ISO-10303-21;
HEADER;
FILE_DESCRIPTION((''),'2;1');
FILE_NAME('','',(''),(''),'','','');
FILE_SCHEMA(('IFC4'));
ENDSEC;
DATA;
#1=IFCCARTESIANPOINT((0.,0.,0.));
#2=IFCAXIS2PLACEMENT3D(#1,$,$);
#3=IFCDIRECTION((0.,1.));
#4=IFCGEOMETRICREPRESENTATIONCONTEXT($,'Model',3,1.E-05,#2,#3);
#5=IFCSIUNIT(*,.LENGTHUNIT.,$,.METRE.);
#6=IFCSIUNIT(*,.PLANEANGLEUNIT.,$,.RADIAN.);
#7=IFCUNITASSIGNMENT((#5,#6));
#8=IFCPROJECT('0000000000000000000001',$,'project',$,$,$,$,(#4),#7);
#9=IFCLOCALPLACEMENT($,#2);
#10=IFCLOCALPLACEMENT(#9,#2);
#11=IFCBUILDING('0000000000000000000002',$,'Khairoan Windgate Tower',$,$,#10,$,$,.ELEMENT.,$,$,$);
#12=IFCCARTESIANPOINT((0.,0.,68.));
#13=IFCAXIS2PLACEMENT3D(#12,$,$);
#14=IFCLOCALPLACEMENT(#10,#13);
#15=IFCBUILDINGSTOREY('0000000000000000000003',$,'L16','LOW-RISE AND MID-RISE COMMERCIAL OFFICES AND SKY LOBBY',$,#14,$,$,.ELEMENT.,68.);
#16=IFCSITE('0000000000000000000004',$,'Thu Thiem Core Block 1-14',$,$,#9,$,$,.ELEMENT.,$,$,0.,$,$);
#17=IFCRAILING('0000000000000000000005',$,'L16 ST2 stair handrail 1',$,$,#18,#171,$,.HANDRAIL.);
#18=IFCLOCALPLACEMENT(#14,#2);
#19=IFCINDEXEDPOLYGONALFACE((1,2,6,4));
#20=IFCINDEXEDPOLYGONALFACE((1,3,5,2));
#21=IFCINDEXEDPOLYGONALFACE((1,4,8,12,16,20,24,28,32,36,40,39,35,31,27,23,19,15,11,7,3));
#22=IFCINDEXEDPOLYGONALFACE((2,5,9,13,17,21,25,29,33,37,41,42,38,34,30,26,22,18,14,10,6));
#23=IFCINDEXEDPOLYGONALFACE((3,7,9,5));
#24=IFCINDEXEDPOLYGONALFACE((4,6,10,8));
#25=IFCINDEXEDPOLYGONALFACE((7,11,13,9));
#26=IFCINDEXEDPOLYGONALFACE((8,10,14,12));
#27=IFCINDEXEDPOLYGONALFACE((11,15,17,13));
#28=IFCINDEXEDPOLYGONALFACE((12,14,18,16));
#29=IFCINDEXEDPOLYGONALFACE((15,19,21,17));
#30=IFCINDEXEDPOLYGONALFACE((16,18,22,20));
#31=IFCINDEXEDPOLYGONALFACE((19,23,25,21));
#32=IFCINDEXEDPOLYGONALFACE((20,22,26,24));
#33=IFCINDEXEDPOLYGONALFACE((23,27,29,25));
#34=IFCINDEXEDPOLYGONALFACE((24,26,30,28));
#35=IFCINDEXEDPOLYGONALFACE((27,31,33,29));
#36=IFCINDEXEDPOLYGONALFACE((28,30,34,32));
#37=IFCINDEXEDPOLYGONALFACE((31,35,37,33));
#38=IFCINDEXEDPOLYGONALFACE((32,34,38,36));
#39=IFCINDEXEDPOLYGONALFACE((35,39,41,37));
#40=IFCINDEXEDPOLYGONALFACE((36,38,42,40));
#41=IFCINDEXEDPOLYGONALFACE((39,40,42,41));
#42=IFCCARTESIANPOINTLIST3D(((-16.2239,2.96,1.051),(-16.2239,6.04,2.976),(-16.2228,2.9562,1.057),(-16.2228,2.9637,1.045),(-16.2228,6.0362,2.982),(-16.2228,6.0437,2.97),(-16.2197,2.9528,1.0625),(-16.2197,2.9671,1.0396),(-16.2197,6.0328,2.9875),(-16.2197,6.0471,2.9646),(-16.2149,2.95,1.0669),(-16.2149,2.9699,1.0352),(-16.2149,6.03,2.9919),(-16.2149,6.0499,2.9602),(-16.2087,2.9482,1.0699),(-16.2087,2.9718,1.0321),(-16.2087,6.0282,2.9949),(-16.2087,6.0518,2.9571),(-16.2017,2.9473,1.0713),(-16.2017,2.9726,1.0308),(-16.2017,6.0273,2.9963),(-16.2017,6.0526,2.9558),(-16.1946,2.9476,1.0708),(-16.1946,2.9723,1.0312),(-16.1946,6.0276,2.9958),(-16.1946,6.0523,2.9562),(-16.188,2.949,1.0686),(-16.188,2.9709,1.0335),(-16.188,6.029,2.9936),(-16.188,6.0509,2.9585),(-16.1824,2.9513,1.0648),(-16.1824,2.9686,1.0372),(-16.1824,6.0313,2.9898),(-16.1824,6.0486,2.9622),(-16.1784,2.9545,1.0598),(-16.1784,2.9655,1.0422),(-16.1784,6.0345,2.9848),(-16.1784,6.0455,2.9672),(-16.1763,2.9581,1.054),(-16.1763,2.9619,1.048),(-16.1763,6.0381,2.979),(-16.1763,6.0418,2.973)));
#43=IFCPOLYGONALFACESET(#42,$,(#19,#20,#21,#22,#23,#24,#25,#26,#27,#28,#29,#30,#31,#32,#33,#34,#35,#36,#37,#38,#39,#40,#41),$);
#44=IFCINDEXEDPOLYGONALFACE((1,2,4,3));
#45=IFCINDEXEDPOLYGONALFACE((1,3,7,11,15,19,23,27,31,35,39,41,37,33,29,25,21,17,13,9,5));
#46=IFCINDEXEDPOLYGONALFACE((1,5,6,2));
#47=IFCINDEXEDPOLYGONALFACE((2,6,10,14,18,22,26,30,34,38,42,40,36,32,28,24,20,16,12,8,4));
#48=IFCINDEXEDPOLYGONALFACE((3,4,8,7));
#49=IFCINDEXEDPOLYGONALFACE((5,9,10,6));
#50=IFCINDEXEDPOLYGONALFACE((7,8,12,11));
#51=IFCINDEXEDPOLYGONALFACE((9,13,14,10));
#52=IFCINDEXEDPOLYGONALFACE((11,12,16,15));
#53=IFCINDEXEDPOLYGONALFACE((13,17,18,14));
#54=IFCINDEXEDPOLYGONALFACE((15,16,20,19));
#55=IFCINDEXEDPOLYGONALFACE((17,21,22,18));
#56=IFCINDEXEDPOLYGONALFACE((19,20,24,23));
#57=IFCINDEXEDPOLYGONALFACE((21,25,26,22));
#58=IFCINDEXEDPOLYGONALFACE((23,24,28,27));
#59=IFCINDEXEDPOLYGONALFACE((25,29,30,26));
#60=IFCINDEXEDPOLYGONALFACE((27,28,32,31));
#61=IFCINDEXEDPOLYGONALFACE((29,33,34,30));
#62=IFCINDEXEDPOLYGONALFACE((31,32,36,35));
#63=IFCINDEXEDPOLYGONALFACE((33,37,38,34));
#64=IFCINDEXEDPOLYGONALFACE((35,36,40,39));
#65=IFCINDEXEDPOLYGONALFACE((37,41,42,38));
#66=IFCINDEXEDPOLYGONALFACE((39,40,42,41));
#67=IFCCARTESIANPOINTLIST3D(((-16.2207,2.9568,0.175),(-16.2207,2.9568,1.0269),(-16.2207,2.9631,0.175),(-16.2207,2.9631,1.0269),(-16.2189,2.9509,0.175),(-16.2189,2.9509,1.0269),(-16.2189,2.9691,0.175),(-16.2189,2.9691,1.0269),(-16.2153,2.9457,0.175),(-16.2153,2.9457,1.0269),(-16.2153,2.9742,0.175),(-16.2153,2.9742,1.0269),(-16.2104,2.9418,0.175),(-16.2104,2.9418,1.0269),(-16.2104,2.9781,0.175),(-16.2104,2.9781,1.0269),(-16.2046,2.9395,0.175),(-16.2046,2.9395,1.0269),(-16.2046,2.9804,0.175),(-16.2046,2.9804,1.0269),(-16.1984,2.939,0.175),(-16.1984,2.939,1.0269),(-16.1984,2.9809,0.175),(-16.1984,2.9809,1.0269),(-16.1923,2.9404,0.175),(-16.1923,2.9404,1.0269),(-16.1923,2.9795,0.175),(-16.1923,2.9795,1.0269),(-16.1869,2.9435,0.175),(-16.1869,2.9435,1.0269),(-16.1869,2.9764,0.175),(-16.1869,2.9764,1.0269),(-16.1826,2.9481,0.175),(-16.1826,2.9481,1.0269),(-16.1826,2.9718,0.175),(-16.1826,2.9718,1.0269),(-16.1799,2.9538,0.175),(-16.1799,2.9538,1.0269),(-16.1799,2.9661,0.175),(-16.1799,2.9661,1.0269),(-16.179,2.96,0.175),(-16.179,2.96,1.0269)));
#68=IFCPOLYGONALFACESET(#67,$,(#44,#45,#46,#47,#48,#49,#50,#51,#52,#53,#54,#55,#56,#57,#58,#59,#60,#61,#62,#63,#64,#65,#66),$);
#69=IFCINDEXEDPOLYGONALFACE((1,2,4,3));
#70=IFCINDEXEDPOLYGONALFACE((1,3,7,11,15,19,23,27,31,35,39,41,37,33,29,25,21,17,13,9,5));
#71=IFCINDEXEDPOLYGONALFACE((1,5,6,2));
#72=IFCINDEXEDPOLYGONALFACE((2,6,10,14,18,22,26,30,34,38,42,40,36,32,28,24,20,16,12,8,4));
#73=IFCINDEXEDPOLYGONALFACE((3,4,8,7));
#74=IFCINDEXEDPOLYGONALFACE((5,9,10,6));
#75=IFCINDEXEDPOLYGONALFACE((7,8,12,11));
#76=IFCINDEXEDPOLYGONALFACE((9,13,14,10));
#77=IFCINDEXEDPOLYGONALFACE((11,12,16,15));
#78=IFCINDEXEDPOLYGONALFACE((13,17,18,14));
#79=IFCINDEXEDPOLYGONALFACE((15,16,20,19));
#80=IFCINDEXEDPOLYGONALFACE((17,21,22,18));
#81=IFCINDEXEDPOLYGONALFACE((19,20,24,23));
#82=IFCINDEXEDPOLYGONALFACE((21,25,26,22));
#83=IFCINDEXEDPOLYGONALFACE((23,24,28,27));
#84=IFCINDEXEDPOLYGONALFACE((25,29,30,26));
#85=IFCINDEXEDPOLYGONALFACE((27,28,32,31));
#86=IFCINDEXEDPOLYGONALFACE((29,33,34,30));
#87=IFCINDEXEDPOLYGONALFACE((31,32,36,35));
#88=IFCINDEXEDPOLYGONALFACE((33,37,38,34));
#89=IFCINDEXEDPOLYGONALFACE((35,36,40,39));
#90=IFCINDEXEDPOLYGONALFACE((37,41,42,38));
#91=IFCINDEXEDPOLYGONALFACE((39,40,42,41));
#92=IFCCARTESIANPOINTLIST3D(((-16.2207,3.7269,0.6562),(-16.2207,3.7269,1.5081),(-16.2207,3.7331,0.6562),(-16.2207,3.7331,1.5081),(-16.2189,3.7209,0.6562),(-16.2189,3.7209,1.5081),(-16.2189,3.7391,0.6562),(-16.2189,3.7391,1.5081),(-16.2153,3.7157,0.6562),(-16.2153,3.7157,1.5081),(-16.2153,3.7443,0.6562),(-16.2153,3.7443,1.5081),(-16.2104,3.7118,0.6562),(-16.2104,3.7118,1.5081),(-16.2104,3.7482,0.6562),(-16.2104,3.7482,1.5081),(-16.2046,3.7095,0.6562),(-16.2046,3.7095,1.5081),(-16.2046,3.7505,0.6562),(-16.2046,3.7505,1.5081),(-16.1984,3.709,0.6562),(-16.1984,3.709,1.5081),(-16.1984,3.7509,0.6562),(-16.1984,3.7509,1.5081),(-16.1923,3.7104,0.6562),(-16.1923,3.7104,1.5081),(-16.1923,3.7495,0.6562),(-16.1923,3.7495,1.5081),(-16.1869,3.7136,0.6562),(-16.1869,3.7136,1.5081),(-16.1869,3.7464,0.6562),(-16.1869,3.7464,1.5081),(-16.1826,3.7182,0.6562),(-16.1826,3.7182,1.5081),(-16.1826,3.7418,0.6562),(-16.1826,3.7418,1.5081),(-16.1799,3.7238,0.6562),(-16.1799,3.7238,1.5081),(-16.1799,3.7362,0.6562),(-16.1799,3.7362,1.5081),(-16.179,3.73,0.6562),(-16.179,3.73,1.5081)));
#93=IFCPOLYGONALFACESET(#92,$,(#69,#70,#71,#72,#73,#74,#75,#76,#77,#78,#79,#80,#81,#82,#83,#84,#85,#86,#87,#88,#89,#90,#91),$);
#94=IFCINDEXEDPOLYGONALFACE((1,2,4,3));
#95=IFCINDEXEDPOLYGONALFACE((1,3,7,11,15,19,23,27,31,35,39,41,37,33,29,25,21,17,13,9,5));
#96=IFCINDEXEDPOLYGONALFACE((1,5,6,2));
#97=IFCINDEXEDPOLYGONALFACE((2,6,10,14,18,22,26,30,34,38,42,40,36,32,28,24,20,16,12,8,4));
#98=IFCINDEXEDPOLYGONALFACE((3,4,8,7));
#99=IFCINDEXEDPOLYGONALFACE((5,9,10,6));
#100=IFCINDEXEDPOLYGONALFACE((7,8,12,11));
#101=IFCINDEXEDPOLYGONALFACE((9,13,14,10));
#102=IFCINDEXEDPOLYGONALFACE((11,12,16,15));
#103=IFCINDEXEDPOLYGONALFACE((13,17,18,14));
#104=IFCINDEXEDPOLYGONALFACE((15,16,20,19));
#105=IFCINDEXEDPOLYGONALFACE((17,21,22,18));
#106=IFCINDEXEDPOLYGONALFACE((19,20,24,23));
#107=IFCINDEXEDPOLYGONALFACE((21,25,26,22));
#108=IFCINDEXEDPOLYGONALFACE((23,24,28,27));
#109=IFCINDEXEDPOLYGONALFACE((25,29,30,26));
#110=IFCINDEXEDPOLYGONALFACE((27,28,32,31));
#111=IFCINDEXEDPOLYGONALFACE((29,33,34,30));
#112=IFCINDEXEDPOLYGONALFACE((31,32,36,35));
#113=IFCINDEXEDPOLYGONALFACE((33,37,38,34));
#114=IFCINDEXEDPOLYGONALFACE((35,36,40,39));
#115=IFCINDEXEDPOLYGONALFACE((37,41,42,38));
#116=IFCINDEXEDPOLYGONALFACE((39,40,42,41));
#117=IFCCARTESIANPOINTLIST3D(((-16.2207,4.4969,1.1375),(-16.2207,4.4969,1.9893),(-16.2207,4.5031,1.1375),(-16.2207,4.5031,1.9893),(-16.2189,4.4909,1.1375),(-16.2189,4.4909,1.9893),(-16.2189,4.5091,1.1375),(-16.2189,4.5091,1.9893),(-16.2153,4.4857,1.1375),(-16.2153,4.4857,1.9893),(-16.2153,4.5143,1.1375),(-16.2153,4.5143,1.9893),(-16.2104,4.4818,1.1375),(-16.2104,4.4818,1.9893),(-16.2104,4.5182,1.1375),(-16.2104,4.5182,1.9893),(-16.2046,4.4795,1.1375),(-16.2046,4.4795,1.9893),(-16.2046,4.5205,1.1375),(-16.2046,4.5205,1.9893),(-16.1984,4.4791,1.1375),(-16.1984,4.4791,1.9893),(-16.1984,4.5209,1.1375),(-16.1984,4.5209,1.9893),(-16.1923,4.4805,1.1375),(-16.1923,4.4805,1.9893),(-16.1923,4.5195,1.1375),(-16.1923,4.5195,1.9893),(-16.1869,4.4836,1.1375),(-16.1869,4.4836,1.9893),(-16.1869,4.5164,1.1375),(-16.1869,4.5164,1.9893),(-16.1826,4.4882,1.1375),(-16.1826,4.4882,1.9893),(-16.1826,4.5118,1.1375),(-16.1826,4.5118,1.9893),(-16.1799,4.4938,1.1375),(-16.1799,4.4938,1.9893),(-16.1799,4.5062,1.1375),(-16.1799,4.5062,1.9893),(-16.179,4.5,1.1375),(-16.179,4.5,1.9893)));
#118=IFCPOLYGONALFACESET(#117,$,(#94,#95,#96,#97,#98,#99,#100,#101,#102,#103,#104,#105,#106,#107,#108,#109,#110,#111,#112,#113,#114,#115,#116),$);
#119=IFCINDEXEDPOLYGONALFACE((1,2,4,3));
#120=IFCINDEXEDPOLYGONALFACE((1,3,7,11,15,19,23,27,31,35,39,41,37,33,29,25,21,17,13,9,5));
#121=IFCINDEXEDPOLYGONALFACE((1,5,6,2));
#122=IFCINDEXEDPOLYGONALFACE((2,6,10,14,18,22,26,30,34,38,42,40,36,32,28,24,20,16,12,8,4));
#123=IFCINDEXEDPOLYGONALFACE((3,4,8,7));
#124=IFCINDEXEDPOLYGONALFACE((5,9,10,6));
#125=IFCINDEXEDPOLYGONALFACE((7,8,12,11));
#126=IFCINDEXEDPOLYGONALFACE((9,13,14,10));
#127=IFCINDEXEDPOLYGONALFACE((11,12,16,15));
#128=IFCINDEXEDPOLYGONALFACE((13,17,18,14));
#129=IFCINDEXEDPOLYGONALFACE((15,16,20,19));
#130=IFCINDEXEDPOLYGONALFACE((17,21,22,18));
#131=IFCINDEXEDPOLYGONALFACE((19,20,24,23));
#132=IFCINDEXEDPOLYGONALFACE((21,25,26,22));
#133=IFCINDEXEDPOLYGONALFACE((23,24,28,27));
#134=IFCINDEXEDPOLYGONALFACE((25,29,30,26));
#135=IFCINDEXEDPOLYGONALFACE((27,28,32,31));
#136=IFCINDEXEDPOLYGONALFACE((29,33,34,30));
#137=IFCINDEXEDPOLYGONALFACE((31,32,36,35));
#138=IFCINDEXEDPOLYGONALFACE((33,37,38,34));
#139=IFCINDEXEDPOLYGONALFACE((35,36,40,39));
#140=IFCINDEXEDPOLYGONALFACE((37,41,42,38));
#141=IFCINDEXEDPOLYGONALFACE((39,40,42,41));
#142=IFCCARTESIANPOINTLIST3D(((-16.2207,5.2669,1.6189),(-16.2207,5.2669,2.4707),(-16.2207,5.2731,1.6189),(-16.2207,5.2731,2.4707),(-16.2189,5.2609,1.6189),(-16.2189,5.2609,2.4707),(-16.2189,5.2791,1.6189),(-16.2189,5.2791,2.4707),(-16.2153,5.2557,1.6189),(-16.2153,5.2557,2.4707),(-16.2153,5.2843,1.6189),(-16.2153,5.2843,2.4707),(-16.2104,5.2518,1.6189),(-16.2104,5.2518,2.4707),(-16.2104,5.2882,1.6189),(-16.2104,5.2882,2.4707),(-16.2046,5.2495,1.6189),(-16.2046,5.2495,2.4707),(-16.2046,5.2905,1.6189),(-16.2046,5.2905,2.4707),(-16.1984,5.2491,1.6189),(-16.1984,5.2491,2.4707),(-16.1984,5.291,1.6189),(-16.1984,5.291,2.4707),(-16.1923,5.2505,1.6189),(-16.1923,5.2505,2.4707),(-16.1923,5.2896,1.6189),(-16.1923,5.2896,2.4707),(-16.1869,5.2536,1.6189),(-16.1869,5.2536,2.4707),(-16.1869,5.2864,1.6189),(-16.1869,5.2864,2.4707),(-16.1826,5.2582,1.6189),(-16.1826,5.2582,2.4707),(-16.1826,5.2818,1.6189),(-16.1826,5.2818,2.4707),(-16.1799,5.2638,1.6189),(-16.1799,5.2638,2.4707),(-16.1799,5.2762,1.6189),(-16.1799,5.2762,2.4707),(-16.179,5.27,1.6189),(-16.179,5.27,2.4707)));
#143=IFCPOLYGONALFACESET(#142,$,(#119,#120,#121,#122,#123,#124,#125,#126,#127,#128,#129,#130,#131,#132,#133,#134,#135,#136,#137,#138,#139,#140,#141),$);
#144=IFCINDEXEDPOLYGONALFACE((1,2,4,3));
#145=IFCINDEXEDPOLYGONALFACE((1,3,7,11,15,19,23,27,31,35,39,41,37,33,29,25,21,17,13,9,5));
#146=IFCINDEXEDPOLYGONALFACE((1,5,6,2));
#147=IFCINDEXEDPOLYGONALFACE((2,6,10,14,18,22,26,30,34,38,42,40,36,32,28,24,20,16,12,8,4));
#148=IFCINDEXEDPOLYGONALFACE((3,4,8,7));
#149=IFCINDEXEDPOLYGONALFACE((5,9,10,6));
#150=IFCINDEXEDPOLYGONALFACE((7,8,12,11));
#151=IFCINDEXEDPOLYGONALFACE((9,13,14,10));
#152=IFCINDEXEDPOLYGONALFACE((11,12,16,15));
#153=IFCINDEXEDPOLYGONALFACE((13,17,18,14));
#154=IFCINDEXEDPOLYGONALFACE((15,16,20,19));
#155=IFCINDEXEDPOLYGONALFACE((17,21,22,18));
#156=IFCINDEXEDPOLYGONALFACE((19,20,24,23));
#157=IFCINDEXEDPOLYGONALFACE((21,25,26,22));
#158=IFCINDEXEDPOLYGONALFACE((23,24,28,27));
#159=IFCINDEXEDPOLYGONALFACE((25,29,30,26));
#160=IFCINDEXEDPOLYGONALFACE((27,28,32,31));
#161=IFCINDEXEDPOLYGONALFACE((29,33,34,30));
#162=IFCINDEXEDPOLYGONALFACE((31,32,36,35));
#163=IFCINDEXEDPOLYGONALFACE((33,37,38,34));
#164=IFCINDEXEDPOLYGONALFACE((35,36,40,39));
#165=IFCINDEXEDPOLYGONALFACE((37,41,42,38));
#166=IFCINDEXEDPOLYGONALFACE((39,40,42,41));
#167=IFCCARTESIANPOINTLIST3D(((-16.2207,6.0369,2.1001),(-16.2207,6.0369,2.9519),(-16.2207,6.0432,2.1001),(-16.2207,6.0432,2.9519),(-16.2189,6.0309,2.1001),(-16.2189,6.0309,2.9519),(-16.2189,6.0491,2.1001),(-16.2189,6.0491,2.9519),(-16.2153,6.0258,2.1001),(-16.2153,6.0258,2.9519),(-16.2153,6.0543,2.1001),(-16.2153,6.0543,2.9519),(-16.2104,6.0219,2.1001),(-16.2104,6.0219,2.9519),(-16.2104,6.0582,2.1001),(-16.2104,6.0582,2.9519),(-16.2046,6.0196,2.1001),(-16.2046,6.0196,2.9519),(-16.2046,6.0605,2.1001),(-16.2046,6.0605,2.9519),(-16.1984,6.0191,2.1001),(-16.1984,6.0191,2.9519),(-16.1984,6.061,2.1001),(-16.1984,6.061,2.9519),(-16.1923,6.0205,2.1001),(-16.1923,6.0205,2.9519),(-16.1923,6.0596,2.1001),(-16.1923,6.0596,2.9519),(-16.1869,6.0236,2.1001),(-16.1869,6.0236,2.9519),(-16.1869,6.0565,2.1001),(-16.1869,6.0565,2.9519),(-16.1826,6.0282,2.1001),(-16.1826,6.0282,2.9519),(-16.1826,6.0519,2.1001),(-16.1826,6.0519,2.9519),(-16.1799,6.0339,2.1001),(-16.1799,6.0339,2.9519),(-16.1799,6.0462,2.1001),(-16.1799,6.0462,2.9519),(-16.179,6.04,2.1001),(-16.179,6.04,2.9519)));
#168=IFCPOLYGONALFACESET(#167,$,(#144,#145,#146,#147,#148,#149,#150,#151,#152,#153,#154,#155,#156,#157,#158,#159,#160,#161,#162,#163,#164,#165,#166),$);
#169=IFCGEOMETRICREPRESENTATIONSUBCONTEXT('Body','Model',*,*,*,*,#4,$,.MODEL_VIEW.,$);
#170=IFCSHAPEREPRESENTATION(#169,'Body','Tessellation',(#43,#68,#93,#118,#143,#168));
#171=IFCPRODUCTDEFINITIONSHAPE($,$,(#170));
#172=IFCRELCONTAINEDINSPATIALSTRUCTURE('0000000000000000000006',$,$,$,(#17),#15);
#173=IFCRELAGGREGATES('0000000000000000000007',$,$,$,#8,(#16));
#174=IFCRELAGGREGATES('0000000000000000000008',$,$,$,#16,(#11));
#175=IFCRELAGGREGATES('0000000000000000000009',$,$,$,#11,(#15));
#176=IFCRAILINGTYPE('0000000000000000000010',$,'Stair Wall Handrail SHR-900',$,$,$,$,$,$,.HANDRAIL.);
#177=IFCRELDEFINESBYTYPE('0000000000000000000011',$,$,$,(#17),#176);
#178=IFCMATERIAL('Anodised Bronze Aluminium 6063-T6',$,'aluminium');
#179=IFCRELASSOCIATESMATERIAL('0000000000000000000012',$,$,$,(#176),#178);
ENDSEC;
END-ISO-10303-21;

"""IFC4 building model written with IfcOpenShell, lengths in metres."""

from ifc_helpers import new_model, si_unit, direction, frame, origin, origin_2d, place, context, subcontext, project, spatial, circle, extrude, material, type_object, element, save


model = new_model("IFC4")

# Units and contexts
model_context = context("Model", 3, precision=1e-05, world=origin(), true_north=direction((0.0, 1.0)))
body_context = subcontext(model_context, "Body", "Model", "MODEL_VIEW")
ifc_project = project(units=[si_unit("LENGTHUNIT", "METRE"), si_unit("PLANEANGLEUNIT", "RADIAN")], contexts=[model_context])

# Site, building, storey
site_placement = place(None, origin())
site = spatial("IfcSite", under=ifc_project, at=site_placement, Name="Thu Thiem Core Block 1-14", CompositionType="ELEMENT", RefElevation=0.0)
building_placement = place(site_placement, origin())
building = spatial("IfcBuilding", under=site, at=building_placement, Name="Khairoan Windgate Tower", CompositionType="ELEMENT")
storey_placement = place(building_placement, frame((0.0, 0.0, 68.0)))
storey = spatial("IfcBuildingStorey", under=building, at=storey_placement, Name="L16", Description="LOW-RISE AND MID-RISE COMMERCIAL OFFICES AND SKY LOBBY", CompositionType="ELEMENT", Elevation=68.0)

# Railing
ifc_material_1 = material(Name="Anodised Bronze Aluminium 6063-T6", Category="aluminium")
railing_type_1 = type_object("IfcRailingType", Name="Stair Wall Handrail SHR-900", PredefinedType="HANDRAIL", material=ifc_material_1)
railing_1_placement = place(storey_placement, frame((-16.2, 2.96, 0.175)))
element("IfcRailing", 1, at=railing_1_placement, inside=storey, type_object=railing_type_1, Name="L16 ST2 stair handrail 1", PredefinedType="HANDRAIL", context=body_context, shape_type="SweptSolid", body=[
    extrude(circle(Radius=0.0239, at=origin_2d()), frame((0.0, 0.0, 0.876), z_axis=(0.0, 0.847998, 0.529999), x_axis=(-1.0, 0.0, 0.0)), (0.0, 0.0, 1.0), 3.6321),
    extrude(circle(Radius=0.021, at=origin_2d()), origin(), (0.0, 0.0, 1.0), 0.8518),
    extrude(circle(Radius=0.021, at=origin_2d()), frame((0.0, 0.77, 0.4812)), (0.0, 0.0, 1.0), 0.8518),
    extrude(circle(Radius=0.021, at=origin_2d()), frame((0.0, 1.54, 0.9624)), (0.0, 0.0, 1.0), 0.8518),
    extrude(circle(Radius=0.021, at=origin_2d()), frame((0.0, 2.3101, 1.4438)), (0.0, 0.0, 1.0), 0.8518),
    extrude(circle(Radius=0.021, at=origin_2d()), frame((0.0, 3.0801, 1.925)), (0.0, 0.0, 1.0), 0.8518),
])

save(model, "model.ifc")
